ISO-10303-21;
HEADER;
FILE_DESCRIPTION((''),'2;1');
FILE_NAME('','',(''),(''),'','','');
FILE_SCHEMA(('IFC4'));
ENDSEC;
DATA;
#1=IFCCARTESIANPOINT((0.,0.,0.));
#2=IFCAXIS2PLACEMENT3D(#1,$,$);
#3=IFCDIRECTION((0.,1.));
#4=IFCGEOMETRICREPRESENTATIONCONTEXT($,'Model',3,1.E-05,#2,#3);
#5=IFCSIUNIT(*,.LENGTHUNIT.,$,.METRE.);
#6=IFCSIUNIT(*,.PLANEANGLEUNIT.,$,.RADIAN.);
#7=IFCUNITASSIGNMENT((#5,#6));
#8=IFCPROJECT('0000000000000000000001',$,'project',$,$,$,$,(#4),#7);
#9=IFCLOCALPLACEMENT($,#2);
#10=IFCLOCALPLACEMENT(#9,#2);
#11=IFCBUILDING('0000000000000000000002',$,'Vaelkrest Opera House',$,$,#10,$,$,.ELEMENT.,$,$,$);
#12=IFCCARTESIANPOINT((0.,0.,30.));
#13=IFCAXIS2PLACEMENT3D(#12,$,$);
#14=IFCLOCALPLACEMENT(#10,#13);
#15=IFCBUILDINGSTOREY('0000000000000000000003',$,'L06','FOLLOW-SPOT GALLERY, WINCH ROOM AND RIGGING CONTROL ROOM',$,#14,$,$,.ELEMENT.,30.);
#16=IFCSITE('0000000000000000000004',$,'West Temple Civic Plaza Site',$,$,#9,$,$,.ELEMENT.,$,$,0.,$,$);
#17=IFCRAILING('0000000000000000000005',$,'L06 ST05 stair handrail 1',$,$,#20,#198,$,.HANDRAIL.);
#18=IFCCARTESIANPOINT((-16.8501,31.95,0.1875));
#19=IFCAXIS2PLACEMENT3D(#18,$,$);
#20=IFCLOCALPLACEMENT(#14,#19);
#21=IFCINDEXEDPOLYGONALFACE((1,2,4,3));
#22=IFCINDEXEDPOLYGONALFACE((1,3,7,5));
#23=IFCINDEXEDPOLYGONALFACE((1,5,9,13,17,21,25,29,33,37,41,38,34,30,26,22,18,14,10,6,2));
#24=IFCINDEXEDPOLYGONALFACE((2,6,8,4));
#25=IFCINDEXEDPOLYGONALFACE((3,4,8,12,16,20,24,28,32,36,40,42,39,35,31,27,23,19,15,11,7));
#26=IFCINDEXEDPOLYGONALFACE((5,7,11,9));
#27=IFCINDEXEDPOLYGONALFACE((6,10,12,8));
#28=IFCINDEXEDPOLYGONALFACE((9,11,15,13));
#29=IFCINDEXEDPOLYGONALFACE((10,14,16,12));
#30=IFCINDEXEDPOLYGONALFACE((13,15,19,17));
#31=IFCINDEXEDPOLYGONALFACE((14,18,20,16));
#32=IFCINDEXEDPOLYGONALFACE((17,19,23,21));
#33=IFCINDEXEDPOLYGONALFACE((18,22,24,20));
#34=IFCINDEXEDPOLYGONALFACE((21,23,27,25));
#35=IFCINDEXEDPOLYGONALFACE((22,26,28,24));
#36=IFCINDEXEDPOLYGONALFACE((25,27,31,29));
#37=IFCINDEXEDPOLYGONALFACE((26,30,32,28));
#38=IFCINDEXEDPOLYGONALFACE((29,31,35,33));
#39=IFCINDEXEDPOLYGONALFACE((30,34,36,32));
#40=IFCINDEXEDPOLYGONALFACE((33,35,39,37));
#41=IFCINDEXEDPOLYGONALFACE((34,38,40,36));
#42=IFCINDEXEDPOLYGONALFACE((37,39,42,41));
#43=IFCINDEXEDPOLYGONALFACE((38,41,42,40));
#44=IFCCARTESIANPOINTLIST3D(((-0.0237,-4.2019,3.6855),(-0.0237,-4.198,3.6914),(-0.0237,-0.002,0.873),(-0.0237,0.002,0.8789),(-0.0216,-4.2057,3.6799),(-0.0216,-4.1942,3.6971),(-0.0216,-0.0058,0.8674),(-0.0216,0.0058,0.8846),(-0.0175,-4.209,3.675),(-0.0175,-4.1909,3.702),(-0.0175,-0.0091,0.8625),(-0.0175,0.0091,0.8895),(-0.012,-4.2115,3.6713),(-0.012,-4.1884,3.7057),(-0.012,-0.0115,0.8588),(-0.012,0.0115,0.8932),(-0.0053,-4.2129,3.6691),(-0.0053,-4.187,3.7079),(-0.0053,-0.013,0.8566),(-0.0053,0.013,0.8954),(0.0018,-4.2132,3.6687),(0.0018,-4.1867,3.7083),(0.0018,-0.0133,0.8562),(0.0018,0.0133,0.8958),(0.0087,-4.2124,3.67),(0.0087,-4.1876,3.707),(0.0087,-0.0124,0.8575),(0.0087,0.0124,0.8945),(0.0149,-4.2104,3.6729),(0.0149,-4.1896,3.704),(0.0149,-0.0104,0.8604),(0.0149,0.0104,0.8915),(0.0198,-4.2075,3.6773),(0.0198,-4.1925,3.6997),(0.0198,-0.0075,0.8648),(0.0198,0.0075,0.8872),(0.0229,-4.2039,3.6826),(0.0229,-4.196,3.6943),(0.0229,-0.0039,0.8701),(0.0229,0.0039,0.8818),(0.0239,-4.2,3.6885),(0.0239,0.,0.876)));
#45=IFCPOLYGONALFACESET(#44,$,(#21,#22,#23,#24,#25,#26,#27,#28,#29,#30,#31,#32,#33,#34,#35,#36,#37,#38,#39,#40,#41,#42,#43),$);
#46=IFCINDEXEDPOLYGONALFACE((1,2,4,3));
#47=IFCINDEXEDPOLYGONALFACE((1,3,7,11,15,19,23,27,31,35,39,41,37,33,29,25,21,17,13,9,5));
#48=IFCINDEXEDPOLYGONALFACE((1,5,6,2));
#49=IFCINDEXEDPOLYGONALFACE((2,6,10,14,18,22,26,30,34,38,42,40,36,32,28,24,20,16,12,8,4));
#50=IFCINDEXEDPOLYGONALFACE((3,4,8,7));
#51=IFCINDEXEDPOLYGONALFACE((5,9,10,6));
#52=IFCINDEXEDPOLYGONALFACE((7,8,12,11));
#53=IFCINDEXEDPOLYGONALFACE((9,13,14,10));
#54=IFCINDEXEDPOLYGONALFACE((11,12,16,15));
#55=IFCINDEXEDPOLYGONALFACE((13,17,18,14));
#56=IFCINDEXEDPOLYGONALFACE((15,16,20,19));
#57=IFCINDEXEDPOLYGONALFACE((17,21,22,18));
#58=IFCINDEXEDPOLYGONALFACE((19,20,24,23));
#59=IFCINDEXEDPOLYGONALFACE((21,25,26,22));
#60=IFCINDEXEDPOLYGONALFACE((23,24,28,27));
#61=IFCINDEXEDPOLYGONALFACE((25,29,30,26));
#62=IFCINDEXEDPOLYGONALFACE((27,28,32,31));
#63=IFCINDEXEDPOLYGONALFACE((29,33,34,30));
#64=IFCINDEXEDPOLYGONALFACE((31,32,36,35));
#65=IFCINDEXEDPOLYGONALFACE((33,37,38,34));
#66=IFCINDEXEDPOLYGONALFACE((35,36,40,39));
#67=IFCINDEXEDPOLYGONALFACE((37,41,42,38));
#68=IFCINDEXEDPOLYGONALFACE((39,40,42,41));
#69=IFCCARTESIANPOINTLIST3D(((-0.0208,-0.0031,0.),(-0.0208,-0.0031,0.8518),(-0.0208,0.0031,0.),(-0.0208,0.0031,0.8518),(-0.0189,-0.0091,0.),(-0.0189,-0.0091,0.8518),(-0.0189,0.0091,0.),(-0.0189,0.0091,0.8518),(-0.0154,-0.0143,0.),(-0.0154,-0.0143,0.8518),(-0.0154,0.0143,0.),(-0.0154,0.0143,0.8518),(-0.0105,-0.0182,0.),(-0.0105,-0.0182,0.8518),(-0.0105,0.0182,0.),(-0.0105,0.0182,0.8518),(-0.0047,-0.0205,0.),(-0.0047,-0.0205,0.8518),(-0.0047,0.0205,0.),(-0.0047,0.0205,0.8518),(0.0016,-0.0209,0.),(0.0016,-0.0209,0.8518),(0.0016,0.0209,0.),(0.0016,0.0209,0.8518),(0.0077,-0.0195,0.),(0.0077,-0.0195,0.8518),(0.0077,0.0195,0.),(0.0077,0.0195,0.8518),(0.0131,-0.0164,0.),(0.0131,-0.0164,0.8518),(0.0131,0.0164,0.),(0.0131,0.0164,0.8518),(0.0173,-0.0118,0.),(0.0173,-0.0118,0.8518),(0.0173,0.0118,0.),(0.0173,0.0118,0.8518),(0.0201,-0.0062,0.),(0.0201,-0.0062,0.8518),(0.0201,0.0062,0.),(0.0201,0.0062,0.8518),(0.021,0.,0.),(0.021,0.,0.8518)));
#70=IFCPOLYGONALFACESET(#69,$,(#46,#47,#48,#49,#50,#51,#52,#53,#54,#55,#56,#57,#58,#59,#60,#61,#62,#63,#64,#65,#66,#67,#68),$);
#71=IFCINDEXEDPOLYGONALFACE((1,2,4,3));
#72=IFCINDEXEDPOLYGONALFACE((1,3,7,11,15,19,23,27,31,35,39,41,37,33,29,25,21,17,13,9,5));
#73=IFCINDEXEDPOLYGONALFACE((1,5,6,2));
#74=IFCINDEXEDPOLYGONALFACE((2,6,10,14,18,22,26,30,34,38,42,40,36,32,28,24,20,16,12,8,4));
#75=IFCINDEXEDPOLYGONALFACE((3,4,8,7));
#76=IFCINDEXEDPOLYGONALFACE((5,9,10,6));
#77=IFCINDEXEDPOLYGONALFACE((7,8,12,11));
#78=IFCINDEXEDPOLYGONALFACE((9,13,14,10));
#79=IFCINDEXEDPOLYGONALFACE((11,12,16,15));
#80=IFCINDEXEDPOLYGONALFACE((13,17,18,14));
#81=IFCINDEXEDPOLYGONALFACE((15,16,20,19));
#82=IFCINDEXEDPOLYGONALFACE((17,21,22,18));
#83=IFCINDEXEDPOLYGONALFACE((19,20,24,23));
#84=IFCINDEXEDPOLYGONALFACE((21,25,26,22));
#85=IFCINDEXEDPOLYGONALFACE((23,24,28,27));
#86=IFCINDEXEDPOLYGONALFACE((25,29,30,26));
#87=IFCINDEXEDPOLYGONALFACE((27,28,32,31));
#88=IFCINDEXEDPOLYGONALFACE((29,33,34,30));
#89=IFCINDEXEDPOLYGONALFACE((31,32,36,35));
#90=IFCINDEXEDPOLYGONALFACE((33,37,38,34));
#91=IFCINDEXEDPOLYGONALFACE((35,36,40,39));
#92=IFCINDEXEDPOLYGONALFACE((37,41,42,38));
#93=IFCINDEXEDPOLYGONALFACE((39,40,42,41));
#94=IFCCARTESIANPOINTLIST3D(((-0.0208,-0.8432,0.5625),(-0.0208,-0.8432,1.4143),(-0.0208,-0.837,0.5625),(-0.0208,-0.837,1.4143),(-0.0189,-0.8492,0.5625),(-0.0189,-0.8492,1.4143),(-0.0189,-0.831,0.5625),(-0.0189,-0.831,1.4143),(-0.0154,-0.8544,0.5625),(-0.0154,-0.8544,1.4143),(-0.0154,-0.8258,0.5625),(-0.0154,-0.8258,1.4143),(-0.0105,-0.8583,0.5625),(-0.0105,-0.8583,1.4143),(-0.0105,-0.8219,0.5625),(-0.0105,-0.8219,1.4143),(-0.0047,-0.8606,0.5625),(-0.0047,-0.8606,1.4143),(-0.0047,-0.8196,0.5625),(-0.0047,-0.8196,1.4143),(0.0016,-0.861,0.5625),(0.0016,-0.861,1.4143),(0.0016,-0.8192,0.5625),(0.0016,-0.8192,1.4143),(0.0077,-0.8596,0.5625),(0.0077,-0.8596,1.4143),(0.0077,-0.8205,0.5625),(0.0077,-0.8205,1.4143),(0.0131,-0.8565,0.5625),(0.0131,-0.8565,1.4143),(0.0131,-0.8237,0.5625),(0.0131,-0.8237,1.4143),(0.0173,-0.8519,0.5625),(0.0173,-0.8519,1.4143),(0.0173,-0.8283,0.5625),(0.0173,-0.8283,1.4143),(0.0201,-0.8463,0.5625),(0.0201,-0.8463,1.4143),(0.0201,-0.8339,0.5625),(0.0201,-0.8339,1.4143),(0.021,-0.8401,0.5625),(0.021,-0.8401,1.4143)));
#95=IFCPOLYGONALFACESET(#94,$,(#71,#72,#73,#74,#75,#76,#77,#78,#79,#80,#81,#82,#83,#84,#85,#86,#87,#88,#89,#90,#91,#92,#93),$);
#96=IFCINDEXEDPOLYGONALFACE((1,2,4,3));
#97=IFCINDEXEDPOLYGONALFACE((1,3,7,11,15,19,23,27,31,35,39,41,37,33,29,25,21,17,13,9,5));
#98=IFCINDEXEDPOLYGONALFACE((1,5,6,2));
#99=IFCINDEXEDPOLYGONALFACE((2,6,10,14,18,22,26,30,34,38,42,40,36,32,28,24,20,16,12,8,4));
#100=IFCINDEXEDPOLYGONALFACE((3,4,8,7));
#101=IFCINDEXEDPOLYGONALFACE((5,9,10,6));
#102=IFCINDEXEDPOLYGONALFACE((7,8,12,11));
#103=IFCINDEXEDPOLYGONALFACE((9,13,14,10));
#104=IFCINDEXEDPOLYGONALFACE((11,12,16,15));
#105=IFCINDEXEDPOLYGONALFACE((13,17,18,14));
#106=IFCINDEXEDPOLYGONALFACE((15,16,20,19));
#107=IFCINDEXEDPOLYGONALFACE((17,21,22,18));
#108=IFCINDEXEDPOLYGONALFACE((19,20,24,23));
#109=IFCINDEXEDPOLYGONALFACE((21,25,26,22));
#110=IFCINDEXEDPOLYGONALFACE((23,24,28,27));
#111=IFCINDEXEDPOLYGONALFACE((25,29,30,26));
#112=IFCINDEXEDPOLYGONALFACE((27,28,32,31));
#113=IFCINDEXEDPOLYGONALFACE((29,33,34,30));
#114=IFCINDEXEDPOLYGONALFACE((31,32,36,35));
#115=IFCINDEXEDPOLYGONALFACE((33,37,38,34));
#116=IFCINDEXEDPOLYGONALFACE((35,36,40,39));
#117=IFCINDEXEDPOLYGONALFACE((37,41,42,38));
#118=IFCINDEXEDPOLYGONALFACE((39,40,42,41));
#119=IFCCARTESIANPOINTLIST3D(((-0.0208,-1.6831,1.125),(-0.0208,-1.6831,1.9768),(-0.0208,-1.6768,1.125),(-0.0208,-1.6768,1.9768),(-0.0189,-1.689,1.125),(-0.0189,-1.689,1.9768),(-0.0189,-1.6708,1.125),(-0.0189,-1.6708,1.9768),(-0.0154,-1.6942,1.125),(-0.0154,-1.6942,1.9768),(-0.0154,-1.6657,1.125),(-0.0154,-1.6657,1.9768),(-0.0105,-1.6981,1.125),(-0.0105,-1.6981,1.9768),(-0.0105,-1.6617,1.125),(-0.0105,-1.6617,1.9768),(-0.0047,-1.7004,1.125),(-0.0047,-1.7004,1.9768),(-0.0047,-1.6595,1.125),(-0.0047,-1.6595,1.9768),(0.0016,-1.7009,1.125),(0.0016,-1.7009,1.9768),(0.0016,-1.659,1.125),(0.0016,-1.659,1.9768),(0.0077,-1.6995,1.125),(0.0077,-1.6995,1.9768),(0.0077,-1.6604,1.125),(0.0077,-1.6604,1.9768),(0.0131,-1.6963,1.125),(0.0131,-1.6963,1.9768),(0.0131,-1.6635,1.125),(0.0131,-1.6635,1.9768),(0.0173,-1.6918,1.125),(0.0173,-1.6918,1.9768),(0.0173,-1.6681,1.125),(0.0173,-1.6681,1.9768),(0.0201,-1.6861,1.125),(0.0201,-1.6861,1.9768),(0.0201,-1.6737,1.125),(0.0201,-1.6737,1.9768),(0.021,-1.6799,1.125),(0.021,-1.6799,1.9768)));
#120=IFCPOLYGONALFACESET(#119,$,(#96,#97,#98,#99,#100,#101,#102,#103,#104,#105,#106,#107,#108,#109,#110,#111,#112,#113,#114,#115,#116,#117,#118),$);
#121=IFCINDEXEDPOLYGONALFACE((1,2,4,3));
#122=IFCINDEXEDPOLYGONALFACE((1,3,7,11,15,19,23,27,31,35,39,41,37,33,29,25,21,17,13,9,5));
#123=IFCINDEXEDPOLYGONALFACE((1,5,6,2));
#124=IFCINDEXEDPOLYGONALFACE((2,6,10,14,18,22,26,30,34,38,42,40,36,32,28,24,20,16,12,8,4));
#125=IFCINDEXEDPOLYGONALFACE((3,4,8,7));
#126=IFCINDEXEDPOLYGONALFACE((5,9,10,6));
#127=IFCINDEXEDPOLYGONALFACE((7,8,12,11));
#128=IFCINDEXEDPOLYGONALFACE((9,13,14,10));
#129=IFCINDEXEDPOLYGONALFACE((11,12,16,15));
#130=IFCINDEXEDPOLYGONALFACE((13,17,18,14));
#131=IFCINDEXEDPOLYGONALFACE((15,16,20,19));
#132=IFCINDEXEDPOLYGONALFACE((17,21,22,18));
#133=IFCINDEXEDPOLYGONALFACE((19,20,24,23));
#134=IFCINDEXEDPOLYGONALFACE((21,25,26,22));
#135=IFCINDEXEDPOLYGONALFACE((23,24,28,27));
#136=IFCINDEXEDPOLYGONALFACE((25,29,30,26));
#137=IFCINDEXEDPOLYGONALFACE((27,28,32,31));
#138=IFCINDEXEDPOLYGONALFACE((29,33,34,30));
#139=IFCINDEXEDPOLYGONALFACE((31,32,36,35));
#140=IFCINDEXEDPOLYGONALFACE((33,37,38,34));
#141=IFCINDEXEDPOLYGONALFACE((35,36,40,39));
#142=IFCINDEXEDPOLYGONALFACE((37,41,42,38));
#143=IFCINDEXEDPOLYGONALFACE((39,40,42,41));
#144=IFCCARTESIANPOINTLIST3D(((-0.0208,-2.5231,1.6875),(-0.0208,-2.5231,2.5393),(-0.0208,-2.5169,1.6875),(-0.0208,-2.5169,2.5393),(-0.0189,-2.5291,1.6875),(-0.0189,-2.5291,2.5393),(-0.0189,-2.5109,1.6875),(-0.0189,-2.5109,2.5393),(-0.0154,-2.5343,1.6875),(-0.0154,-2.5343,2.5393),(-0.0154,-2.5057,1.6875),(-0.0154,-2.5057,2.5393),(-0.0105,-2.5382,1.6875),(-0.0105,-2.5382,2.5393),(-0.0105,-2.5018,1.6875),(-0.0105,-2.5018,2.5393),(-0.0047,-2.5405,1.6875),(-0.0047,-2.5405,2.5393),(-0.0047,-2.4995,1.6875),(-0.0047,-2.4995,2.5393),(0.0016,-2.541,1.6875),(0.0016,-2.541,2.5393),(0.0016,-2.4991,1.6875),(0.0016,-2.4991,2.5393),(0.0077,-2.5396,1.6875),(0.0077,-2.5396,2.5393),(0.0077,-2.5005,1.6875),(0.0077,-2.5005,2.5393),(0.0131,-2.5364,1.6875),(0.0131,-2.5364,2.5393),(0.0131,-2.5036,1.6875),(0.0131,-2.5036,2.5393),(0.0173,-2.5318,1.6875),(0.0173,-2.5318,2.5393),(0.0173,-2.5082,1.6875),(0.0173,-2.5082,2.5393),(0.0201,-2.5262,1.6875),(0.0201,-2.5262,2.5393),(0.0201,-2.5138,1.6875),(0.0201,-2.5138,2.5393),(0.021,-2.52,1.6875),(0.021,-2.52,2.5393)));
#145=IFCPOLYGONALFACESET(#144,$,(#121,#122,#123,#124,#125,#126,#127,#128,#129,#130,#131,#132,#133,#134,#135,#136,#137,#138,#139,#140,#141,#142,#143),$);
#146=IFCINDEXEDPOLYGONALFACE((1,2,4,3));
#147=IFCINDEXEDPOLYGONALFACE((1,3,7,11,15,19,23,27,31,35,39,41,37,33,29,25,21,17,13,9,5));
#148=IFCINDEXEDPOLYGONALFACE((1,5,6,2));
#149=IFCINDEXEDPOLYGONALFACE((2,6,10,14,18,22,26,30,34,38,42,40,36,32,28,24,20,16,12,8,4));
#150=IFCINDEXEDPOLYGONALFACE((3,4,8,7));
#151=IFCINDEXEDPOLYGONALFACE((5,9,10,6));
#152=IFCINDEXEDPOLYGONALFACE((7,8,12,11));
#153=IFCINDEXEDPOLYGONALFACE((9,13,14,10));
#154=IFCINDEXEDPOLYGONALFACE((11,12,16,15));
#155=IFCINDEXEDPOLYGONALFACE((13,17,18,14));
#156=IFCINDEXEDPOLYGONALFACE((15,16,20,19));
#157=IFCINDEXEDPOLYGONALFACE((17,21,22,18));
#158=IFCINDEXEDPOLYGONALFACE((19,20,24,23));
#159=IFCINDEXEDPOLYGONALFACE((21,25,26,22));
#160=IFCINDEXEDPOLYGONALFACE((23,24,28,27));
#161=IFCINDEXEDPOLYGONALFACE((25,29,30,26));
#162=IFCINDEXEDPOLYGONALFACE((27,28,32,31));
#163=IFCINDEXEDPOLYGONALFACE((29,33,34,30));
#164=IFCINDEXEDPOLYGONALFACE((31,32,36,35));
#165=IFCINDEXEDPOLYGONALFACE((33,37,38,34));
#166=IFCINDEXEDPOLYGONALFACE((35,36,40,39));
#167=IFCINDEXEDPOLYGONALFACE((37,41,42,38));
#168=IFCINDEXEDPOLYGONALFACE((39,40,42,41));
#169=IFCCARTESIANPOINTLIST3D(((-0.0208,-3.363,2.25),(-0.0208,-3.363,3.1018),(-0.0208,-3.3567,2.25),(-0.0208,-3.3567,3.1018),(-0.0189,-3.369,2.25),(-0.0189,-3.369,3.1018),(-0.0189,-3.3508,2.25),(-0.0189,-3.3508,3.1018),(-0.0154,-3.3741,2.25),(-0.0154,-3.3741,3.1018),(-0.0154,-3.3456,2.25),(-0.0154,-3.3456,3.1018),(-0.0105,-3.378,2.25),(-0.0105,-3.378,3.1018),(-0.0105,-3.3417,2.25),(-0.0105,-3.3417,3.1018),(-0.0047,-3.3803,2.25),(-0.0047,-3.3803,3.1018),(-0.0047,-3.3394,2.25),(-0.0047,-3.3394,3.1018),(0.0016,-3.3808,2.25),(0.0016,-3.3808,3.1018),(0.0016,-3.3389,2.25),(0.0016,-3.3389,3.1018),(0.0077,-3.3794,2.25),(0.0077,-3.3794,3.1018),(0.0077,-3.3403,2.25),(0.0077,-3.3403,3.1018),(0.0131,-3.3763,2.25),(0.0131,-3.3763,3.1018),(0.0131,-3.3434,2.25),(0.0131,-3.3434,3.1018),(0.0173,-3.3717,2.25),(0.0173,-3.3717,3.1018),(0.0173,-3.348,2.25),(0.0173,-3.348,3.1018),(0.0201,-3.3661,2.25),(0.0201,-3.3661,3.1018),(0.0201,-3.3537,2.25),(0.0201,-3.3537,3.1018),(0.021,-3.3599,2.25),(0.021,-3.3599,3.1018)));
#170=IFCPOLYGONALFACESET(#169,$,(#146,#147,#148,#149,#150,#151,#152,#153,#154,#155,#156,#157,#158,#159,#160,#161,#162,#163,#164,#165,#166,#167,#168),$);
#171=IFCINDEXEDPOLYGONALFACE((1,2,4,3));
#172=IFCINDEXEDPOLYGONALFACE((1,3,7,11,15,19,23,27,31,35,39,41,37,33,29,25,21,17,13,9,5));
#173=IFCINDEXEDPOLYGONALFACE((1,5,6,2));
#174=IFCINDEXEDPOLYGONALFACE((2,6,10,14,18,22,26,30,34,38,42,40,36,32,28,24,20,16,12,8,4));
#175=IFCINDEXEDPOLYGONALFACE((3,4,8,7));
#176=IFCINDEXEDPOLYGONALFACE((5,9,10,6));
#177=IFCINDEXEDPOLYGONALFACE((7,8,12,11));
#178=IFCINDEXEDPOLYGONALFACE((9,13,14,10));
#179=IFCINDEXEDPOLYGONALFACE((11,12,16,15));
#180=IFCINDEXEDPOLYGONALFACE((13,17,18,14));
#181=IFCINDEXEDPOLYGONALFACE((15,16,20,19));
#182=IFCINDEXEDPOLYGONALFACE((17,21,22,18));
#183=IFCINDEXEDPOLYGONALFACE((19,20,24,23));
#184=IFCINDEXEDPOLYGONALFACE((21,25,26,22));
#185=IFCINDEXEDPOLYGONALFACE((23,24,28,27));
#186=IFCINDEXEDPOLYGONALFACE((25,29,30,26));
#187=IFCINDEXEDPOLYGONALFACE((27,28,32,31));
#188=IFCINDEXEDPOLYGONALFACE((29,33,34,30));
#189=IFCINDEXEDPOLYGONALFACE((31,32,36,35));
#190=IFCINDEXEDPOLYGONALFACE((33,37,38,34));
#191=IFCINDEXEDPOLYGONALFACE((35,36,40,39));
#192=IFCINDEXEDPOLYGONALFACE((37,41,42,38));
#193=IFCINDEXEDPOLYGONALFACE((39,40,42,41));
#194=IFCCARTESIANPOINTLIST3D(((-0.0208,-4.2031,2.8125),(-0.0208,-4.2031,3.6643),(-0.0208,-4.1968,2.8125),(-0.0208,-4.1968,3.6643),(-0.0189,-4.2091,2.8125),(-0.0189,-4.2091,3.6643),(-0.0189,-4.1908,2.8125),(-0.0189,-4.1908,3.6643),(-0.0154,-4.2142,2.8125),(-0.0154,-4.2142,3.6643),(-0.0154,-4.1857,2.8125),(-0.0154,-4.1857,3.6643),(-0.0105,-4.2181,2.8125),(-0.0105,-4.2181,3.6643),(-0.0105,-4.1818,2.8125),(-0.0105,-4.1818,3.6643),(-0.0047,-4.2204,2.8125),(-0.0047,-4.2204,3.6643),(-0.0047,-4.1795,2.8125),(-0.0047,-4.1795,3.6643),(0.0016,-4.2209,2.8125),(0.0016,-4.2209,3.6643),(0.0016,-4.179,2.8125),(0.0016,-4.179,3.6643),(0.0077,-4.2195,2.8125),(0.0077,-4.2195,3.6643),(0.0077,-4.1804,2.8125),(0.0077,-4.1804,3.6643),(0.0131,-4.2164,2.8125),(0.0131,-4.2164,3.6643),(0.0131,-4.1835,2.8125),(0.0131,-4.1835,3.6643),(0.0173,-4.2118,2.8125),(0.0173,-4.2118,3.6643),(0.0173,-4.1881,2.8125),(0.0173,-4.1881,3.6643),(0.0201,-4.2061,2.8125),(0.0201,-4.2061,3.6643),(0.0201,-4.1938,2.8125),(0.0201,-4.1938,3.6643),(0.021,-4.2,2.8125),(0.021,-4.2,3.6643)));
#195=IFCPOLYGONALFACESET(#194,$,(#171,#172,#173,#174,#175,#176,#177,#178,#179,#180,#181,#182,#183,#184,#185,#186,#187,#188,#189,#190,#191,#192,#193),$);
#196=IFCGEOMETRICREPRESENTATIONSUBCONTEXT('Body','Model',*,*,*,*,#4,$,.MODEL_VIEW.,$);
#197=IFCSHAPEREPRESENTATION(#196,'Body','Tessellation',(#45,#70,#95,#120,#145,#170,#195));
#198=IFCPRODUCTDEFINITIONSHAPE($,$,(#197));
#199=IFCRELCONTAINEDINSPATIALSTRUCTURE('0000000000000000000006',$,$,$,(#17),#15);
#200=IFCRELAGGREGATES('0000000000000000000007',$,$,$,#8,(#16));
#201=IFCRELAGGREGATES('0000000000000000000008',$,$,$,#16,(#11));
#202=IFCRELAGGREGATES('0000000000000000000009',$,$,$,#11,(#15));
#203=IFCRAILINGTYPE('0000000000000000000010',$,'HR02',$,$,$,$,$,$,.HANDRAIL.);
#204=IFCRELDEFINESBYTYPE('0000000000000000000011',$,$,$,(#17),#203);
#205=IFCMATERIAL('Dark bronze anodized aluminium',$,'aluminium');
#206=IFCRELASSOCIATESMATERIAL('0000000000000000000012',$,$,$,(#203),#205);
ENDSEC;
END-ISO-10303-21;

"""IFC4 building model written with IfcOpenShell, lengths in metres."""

from ifc_helpers import new_model, si_unit, direction, frame, origin, origin_2d, place, context, subcontext, project, spatial, circle, extrude, material, type_object, element, save


model = new_model("IFC4")

# Units and contexts
model_context = context("Model", 3, precision=1e-05, world=origin(), true_north=direction((0.0, 1.0)))
body_context = subcontext(model_context, "Body", "Model", "MODEL_VIEW")
ifc_project = project(units=[si_unit("LENGTHUNIT", "METRE"), si_unit("PLANEANGLEUNIT", "RADIAN")], contexts=[model_context])

# Site, building, storey
site_placement = place(None, origin())
site = spatial("IfcSite", under=ifc_project, at=site_placement, Name="West Temple Civic Plaza Site", CompositionType="ELEMENT", RefElevation=0.0)
building_placement = place(site_placement, origin())
building = spatial("IfcBuilding", under=site, at=building_placement, Name="Vaelkrest Opera House", CompositionType="ELEMENT")
storey_placement = place(building_placement, frame((0.0, 0.0, 30.0)))
storey = spatial("IfcBuildingStorey", under=building, at=storey_placement, Name="L06", Description="FOLLOW-SPOT GALLERY, WINCH ROOM AND RIGGING CONTROL ROOM", CompositionType="ELEMENT", Elevation=30.0)

# Shared definitions
ifc_material_1 = material(Name="Dark bronze anodized aluminium", Category="aluminium")

# Railing
railing_type_1 = type_object("IfcRailingType", Name="HR02", PredefinedType="HANDRAIL", material=ifc_material_1)
railing_1_placement = place(storey_placement, frame((-16.8501, 31.95, 0.1875)))
element("IfcRailing", 1, at=railing_1_placement, inside=storey, type_object=railing_type_1, Name="L06 ST05 stair handrail 1", PredefinedType="HANDRAIL", context=body_context, shape_type="SweptSolid", body=[
    extrude(circle(Radius=0.0239, at=origin_2d()), frame((0.0, 0.0, 0.876), z_axis=(0.0, -0.830904, 0.556416), x_axis=(1.0, 0.0, 0.0)), (0.0, 0.0, 1.0), 5.0547),
    extrude(circle(Radius=0.021, at=origin_2d()), origin(), (0.0, 0.0, 1.0), 0.8518),
    extrude(circle(Radius=0.021, at=origin_2d()), frame((0.0, -0.8401, 0.5625)), (0.0, 0.0, 1.0), 0.8518),
    extrude(circle(Radius=0.021, at=origin_2d()), frame((0.0, -1.6799, 1.125)), (0.0, 0.0, 1.0), 0.8518),
    extrude(circle(Radius=0.021, at=origin_2d()), frame((0.0, -2.52, 1.6875)), (0.0, 0.0, 1.0), 0.8518),
    extrude(circle(Radius=0.021, at=origin_2d()), frame((0.0, -3.3599, 2.25)), (0.0, 0.0, 1.0), 0.8518),
    extrude(circle(Radius=0.021, at=origin_2d()), frame((0.0, -4.2, 2.8125)), (0.0, 0.0, 1.0), 0.8518),
])

save(model, "model.ifc")
